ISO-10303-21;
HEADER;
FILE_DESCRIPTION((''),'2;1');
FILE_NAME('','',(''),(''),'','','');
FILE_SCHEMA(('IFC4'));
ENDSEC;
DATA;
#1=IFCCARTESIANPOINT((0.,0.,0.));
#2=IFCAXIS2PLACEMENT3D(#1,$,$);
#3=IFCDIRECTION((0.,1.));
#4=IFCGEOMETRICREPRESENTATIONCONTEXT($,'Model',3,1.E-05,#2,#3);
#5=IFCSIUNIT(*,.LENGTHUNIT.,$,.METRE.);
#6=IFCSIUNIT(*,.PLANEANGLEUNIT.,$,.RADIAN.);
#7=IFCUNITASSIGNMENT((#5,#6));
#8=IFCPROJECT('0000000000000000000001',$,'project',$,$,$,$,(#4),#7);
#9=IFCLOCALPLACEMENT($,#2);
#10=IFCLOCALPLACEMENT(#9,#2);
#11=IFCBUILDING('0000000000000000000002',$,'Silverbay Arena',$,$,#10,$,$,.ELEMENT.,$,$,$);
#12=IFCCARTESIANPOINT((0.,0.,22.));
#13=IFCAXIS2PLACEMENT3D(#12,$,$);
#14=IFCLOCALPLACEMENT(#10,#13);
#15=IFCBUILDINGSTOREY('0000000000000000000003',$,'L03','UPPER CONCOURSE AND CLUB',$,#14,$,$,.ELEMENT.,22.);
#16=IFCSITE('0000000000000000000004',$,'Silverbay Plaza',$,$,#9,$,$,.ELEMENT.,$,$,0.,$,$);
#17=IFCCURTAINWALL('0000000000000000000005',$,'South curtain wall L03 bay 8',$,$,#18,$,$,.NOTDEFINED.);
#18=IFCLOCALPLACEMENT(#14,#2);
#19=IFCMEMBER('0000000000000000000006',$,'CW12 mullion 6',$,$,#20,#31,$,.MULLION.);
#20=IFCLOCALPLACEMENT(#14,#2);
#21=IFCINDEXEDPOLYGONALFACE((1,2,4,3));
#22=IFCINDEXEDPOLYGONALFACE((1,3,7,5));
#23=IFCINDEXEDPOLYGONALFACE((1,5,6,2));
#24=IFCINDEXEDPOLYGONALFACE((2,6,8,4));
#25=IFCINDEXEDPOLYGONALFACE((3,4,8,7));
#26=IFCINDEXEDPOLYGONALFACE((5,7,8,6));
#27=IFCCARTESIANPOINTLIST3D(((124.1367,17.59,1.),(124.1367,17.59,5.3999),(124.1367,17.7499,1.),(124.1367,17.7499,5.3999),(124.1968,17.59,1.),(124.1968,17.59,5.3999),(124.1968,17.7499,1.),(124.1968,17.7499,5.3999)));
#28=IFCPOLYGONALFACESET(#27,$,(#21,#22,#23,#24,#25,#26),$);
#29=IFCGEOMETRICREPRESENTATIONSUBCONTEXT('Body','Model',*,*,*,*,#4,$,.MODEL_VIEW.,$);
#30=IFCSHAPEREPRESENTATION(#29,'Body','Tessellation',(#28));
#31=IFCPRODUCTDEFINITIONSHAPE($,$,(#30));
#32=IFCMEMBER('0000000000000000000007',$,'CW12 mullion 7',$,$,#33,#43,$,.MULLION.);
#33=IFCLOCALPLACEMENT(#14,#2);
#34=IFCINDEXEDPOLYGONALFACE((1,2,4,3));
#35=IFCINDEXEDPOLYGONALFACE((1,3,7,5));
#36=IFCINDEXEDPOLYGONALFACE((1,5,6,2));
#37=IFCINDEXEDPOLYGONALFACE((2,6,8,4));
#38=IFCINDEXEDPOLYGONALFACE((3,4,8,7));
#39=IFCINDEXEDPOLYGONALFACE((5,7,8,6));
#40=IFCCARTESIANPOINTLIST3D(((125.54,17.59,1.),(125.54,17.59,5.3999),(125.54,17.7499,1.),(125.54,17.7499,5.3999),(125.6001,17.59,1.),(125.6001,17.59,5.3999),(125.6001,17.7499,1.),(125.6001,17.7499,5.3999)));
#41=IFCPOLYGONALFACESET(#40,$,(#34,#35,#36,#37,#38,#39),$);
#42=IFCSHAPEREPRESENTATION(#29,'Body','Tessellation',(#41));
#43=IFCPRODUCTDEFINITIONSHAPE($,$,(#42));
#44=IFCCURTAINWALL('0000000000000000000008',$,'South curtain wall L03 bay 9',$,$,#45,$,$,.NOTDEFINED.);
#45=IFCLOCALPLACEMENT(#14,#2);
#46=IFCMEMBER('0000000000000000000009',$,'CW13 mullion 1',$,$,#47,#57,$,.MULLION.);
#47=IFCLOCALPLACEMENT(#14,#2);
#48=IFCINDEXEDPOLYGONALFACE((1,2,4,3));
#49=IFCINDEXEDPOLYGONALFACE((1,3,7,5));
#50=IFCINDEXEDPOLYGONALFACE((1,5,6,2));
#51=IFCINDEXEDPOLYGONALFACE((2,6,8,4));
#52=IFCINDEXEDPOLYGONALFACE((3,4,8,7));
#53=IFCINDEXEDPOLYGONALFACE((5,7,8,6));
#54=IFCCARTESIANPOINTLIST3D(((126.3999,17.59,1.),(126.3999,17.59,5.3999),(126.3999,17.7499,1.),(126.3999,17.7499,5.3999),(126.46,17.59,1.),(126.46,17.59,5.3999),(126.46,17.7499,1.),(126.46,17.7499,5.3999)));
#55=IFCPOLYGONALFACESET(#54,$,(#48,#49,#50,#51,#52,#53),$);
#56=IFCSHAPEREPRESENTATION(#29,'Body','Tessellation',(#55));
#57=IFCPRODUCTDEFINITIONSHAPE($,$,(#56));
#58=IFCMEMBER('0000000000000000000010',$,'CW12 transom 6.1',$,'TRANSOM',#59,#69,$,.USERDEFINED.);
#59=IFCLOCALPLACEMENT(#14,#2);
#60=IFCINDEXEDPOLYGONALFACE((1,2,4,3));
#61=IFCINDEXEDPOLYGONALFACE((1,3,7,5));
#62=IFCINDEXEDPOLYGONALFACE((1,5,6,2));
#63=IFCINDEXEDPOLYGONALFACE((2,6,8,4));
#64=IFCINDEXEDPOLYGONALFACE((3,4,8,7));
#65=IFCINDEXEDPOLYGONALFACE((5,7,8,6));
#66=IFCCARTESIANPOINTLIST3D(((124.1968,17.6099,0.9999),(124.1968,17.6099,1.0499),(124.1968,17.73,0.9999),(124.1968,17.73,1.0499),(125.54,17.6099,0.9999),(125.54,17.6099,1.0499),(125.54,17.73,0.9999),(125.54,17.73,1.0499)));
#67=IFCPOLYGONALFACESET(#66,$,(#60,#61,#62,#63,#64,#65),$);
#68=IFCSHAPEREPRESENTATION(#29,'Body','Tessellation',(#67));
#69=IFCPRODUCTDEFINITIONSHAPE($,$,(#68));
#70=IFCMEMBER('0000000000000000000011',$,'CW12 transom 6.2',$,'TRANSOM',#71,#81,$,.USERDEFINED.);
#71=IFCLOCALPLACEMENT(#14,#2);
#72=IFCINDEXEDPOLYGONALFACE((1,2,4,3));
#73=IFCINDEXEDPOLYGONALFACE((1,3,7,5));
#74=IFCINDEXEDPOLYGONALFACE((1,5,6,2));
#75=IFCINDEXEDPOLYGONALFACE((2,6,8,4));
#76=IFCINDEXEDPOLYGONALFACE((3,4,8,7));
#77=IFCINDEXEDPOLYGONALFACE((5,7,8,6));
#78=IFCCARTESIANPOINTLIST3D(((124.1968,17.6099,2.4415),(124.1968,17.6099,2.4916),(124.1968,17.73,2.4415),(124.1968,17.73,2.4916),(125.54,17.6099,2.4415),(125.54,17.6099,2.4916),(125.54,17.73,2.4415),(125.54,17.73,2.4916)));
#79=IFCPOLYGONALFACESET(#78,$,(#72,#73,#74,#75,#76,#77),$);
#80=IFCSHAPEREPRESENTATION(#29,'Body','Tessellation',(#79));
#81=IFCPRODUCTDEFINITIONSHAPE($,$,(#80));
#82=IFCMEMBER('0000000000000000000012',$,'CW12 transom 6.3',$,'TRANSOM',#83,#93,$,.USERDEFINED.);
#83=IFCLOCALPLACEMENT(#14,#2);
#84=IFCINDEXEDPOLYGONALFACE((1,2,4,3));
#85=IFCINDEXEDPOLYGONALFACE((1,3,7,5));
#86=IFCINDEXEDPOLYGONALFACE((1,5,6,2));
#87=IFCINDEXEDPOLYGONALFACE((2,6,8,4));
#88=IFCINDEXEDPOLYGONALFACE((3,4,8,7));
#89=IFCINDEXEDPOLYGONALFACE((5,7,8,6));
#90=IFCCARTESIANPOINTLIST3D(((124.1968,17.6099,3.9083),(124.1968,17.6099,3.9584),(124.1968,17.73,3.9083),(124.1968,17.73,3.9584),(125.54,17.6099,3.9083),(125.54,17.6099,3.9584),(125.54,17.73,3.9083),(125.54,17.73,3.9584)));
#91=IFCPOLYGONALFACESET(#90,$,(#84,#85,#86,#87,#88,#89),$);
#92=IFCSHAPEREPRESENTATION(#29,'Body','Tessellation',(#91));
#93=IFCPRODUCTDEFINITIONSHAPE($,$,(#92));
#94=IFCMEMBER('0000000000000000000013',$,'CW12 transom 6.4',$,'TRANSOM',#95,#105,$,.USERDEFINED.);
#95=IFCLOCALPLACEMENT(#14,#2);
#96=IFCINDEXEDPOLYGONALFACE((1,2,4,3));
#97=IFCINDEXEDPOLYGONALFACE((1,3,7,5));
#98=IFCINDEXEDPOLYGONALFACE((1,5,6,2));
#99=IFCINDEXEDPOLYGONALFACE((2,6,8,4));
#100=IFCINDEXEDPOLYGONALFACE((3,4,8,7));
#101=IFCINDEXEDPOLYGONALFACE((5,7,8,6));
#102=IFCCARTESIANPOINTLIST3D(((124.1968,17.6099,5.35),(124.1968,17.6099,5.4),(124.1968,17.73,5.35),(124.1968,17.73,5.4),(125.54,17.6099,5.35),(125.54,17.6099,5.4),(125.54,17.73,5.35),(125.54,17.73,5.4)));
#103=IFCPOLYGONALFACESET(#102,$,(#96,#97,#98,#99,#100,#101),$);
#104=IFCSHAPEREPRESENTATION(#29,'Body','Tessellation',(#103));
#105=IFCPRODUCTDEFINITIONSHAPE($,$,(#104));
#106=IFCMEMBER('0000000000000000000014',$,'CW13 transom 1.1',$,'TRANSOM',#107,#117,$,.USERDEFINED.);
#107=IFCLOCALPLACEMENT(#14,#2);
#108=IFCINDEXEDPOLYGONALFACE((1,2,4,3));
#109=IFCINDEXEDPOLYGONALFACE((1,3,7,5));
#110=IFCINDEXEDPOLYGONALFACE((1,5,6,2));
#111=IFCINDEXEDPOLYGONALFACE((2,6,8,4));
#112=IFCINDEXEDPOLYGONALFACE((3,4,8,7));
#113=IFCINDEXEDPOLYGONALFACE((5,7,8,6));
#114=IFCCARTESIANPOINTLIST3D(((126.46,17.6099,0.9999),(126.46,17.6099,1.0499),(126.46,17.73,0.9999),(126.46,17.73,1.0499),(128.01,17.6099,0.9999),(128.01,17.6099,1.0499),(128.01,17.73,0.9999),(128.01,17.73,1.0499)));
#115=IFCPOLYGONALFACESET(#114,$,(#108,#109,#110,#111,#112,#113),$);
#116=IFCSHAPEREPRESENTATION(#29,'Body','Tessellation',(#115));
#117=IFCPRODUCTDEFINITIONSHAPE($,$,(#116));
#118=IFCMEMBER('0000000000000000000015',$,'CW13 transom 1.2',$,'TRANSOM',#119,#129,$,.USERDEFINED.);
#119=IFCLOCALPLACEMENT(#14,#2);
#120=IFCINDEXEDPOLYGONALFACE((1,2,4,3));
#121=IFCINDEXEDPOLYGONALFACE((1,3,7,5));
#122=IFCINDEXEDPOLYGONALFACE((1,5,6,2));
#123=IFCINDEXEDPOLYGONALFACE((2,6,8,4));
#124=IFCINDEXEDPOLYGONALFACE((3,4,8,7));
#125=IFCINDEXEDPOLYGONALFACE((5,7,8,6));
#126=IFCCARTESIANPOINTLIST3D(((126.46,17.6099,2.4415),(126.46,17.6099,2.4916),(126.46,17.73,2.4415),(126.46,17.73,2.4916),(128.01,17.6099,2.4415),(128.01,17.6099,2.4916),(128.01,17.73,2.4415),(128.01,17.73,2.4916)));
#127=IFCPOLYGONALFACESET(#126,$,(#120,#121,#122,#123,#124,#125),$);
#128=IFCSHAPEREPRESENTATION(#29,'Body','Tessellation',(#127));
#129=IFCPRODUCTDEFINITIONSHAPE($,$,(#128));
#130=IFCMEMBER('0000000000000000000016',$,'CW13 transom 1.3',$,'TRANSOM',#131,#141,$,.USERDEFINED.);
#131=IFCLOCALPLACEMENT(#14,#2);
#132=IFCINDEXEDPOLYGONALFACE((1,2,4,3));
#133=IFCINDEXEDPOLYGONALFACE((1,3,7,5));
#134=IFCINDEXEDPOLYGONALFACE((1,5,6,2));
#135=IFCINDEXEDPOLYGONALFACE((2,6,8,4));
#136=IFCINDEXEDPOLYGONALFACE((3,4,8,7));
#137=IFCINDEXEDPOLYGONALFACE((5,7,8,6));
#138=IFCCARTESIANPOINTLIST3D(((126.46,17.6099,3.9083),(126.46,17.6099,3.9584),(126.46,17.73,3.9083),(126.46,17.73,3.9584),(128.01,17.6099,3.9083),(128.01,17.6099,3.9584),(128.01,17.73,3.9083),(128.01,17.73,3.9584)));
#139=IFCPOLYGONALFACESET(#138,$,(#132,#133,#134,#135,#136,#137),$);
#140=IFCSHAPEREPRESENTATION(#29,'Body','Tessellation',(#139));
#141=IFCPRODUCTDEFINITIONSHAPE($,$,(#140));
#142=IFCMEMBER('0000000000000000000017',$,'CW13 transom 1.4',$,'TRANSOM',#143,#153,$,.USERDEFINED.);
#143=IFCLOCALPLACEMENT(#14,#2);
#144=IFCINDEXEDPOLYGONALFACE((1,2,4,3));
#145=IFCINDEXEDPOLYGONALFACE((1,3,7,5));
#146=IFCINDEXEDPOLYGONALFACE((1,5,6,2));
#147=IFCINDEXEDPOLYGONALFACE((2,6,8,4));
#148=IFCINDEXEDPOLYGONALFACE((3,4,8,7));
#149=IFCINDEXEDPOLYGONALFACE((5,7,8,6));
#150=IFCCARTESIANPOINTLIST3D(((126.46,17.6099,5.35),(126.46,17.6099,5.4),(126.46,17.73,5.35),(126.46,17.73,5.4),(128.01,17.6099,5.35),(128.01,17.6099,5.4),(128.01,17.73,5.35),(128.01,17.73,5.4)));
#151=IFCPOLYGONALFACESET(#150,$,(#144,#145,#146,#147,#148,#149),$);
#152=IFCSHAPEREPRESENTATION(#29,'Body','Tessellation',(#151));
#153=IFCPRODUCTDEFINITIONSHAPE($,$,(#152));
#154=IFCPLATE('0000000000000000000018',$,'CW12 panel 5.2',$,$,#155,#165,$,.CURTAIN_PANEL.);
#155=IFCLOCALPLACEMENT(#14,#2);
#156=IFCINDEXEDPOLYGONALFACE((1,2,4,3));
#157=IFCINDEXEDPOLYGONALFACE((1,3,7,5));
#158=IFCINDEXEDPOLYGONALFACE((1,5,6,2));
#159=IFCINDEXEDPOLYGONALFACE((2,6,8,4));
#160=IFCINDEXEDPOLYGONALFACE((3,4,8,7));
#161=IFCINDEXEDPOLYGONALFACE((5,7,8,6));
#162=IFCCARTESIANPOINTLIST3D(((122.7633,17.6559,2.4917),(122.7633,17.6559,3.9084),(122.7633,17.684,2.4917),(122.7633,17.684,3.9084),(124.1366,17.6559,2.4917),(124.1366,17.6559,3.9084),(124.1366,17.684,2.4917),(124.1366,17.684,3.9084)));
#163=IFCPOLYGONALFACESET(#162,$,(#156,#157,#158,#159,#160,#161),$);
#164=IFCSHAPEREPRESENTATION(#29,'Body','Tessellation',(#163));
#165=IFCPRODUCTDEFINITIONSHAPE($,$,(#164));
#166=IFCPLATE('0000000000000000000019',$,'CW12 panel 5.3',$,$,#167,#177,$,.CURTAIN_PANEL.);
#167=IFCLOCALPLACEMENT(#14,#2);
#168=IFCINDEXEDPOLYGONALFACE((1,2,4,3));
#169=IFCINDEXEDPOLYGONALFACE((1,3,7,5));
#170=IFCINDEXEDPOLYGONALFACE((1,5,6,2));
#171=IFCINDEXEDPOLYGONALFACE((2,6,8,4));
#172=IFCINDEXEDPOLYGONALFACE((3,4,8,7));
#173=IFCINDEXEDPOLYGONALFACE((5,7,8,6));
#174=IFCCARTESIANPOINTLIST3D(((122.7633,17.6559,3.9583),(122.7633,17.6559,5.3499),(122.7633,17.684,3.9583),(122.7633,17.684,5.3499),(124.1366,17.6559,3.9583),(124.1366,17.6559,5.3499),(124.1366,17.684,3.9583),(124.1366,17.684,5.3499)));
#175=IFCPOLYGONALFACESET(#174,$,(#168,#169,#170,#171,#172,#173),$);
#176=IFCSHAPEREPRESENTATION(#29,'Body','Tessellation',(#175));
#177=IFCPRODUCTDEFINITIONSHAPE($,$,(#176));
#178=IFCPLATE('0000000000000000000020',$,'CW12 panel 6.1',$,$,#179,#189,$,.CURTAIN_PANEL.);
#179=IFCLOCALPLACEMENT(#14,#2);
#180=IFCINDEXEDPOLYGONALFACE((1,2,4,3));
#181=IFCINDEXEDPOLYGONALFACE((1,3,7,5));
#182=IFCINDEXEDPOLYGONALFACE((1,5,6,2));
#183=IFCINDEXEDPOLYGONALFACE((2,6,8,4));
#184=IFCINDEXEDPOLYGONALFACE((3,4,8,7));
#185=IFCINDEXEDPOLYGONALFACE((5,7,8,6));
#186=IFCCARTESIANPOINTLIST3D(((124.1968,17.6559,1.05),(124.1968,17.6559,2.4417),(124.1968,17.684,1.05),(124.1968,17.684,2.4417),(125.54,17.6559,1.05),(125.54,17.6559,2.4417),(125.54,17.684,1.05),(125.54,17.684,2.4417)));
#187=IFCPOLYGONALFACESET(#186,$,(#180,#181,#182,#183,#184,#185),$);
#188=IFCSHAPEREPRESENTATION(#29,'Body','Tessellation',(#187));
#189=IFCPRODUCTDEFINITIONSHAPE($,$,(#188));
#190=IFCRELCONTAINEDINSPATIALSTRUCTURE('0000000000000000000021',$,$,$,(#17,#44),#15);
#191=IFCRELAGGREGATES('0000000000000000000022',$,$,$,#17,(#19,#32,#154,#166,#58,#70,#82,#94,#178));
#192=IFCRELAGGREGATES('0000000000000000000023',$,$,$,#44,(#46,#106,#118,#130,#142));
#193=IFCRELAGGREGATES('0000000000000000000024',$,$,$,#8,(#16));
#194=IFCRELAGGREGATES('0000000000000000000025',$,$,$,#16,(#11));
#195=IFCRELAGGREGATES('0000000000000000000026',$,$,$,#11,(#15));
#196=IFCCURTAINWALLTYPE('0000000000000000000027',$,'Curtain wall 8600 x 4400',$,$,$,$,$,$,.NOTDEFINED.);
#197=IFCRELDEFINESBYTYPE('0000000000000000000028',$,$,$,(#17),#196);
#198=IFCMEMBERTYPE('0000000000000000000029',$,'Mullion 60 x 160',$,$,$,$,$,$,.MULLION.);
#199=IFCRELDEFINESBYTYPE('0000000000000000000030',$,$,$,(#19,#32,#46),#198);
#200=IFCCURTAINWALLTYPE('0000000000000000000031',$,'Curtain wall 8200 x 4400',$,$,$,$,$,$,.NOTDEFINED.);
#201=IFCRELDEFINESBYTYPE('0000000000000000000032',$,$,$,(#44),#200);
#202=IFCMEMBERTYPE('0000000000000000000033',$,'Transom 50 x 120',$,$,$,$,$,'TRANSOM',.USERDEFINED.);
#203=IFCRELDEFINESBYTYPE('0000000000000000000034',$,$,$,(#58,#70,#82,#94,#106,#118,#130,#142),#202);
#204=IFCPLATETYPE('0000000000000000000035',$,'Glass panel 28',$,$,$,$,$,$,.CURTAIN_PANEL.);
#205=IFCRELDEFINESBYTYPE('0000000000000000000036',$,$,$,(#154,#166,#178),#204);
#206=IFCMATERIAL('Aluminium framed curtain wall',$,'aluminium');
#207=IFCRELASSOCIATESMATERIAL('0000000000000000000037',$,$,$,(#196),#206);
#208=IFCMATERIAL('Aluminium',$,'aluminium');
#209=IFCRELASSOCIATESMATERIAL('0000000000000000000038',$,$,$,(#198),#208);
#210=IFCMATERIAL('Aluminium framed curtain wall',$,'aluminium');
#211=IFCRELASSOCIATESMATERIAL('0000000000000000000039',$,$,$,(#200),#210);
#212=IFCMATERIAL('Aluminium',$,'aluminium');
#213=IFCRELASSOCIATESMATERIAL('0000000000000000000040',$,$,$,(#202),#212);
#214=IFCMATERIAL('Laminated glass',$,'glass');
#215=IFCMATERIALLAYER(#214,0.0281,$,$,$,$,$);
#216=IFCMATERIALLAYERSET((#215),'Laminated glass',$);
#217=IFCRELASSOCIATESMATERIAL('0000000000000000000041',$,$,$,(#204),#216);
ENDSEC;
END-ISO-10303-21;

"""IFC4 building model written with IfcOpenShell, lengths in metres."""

from ifc_helpers import new_model, si_unit, direction, frame, origin, origin_2d, place, context, subcontext, project, spatial, rectangle, extrude, material, layer, layer_set, material_profile, profile_set, type_object, element, aggregate, save


model = new_model("IFC4")

# Units and contexts
model_context = context("Model", 3, precision=1e-05, world=origin(), true_north=direction((0.0, 1.0)))
body_context = subcontext(model_context, "Body", "Model", "MODEL_VIEW")
ifc_project = project(units=[si_unit("LENGTHUNIT", "METRE"), si_unit("PLANEANGLEUNIT", "RADIAN")], contexts=[model_context])

# Site, building, storey
site_placement = place(None, origin())
site = spatial("IfcSite", under=ifc_project, at=site_placement, Name="Silverbay Plaza", CompositionType="ELEMENT", RefElevation=0.0)
building_placement = place(site_placement, origin())
building = spatial("IfcBuilding", under=site, at=building_placement, Name="Silverbay Arena", CompositionType="ELEMENT")
storey_placement = place(building_placement, frame((0.0, 0.0, 22.0)))
storey = spatial("IfcBuildingStorey", under=building, at=storey_placement, Name="L03", Description="UPPER CONCOURSE AND CLUB", CompositionType="ELEMENT", Elevation=22.0)

# Curtain wall, members
ifc_material_1 = material(Name="Aluminium framed curtain wall", Category="aluminium")
curtain_wall_type_1 = type_object("IfcCurtainWallType", Name="Curtain wall 8600 x 4400", PredefinedType="NOTDEFINED", material=ifc_material_1)
curtain_wall_1_placement = place(storey_placement, origin())
curtain_wall_1 = element("IfcCurtainWall", 1, at=curtain_wall_1_placement, inside=storey, type_object=curtain_wall_type_1, Name="South curtain wall L03 bay 8", PredefinedType="NOTDEFINED")
ifc_material_2 = material(Name="Aluminium", Category="aluminium")
ifc_material_profile_1 = material_profile(ifc_material_2, rectangle(XDim=0.1599, YDim=0.0601, at=origin_2d()), Name="Mullion 60 x 160")
ifc_profile_set_1 = profile_set([ifc_material_profile_1], Name="Aluminium")
member_type_1 = type_object("IfcMemberType", Name="Mullion 60 x 160", PredefinedType="MULLION", material=ifc_profile_set_1)
member_1_placement = place(storey_placement, frame((124.1667, 17.6699, 1.0), z_axis=(0.0, 0.0, 1.0), x_axis=(0.0, 1.0, 0.0)))
member_1 = element("IfcMember", 2, at=member_1_placement, type_object=member_type_1, Name="CW12 mullion 6", PredefinedType="MULLION", context=body_context, shape_type="SweptSolid", body=[
    extrude(rectangle(XDim=0.1599, YDim=0.0601, at=origin_2d()), origin(), (0.0, 0.0, 1.0), 4.3999),
])
member_2_placement = place(storey_placement, frame((125.5701, 17.6699, 1.0), z_axis=(0.0, 0.0, 1.0), x_axis=(0.0, 1.0, 0.0)))
member_2 = element("IfcMember", 3, at=member_2_placement, type_object=member_type_1, Name="CW12 mullion 7", PredefinedType="MULLION", context=body_context, shape_type="SweptSolid", body=[
    extrude(rectangle(XDim=0.1599, YDim=0.0601, at=origin_2d()), origin(), (0.0, 0.0, 1.0), 4.3999),
])

# Curtain wall, member
ifc_material_3 = material(Name="Aluminium framed curtain wall", Category="aluminium")
curtain_wall_type_2 = type_object("IfcCurtainWallType", Name="Curtain wall 8200 x 4400", PredefinedType="NOTDEFINED", material=ifc_material_3)
curtain_wall_2_placement = place(storey_placement, origin())
curtain_wall_2 = element("IfcCurtainWall", 4, at=curtain_wall_2_placement, inside=storey, type_object=curtain_wall_type_2, Name="South curtain wall L03 bay 9", PredefinedType="NOTDEFINED")
member_3_placement = place(storey_placement, frame((126.4299, 17.6699, 1.0), z_axis=(0.0, 0.0, 1.0), x_axis=(0.0, 1.0, 0.0)))
member_3 = element("IfcMember", 5, at=member_3_placement, type_object=member_type_1, Name="CW13 mullion 1", PredefinedType="MULLION", context=body_context, shape_type="SweptSolid", body=[
    extrude(rectangle(XDim=0.1599, YDim=0.0601, at=origin_2d()), origin(), (0.0, 0.0, 1.0), 4.3999),
])

# Members
ifc_material_4 = material(Name="Aluminium", Category="aluminium")
ifc_material_profile_2 = material_profile(ifc_material_4, rectangle(XDim=0.1201, YDim=0.05, at=origin_2d()), Name="Transom 50 x 120")
ifc_profile_set_2 = profile_set([ifc_material_profile_2], Name="Aluminium")
member_type_2 = type_object("IfcMemberType", Name="Transom 50 x 120", ElementType="TRANSOM", PredefinedType="USERDEFINED", material=ifc_profile_set_2)
member_4_placement = place(storey_placement, frame((124.1968, 17.6699, 1.0249), z_axis=(1.0, 0.0, 0.0), x_axis=(0.0, 1.0, 0.0)))
member_4 = element("IfcMember", 6, at=member_4_placement, type_object=member_type_2, Name="CW12 transom 6.1", ObjectType="TRANSOM", PredefinedType="USERDEFINED", context=body_context, shape_type="SweptSolid", body=[
    extrude(rectangle(XDim=0.1201, YDim=0.05, at=origin_2d()), origin(), (0.0, 0.0, 1.0), 1.3433),
])
member_5_placement = place(storey_placement, frame((124.1968, 17.6699, 2.4666), z_axis=(1.0, 0.0, 0.0), x_axis=(0.0, 1.0, 0.0)))
member_5 = element("IfcMember", 7, at=member_5_placement, type_object=member_type_2, Name="CW12 transom 6.2", ObjectType="TRANSOM", PredefinedType="USERDEFINED", context=body_context, shape_type="SweptSolid", body=[
    extrude(rectangle(XDim=0.1201, YDim=0.05, at=origin_2d()), origin(), (0.0, 0.0, 1.0), 1.3433),
])
member_6_placement = place(storey_placement, frame((124.1968, 17.6699, 3.9333), z_axis=(1.0, 0.0, 0.0), x_axis=(0.0, 1.0, 0.0)))
member_6 = element("IfcMember", 8, at=member_6_placement, type_object=member_type_2, Name="CW12 transom 6.3", ObjectType="TRANSOM", PredefinedType="USERDEFINED", context=body_context, shape_type="SweptSolid", body=[
    extrude(rectangle(XDim=0.1201, YDim=0.05, at=origin_2d()), origin(), (0.0, 0.0, 1.0), 1.3433),
])
member_7_placement = place(storey_placement, frame((124.1968, 17.6699, 5.375), z_axis=(1.0, 0.0, 0.0), x_axis=(0.0, 1.0, 0.0)))
member_7 = element("IfcMember", 9, at=member_7_placement, type_object=member_type_2, Name="CW12 transom 6.4", ObjectType="TRANSOM", PredefinedType="USERDEFINED", context=body_context, shape_type="SweptSolid", body=[
    extrude(rectangle(XDim=0.1201, YDim=0.05, at=origin_2d()), origin(), (0.0, 0.0, 1.0), 1.3433),
])
member_8_placement = place(storey_placement, frame((126.46, 17.6699, 1.0249), z_axis=(1.0, 0.0, 0.0), x_axis=(0.0, 1.0, 0.0)))
member_8 = element("IfcMember", 10, at=member_8_placement, type_object=member_type_2, Name="CW13 transom 1.1", ObjectType="TRANSOM", PredefinedType="USERDEFINED", context=body_context, shape_type="SweptSolid", body=[
    extrude(rectangle(XDim=0.1201, YDim=0.05, at=origin_2d()), origin(), (0.0, 0.0, 1.0), 1.55),
])
member_9_placement = place(storey_placement, frame((126.46, 17.6699, 2.4666), z_axis=(1.0, 0.0, 0.0), x_axis=(0.0, 1.0, 0.0)))
member_9 = element("IfcMember", 11, at=member_9_placement, type_object=member_type_2, Name="CW13 transom 1.2", ObjectType="TRANSOM", PredefinedType="USERDEFINED", context=body_context, shape_type="SweptSolid", body=[
    extrude(rectangle(XDim=0.1201, YDim=0.05, at=origin_2d()), origin(), (0.0, 0.0, 1.0), 1.55),
])
member_10_placement = place(storey_placement, frame((126.46, 17.6699, 3.9333), z_axis=(1.0, 0.0, 0.0), x_axis=(0.0, 1.0, 0.0)))
member_10 = element("IfcMember", 12, at=member_10_placement, type_object=member_type_2, Name="CW13 transom 1.3", ObjectType="TRANSOM", PredefinedType="USERDEFINED", context=body_context, shape_type="SweptSolid", body=[
    extrude(rectangle(XDim=0.1201, YDim=0.05, at=origin_2d()), origin(), (0.0, 0.0, 1.0), 1.55),
])
member_11_placement = place(storey_placement, frame((126.46, 17.6699, 5.375), z_axis=(1.0, 0.0, 0.0), x_axis=(0.0, 1.0, 0.0)))
member_11 = element("IfcMember", 13, at=member_11_placement, type_object=member_type_2, Name="CW13 transom 1.4", ObjectType="TRANSOM", PredefinedType="USERDEFINED", context=body_context, shape_type="SweptSolid", body=[
    extrude(rectangle(XDim=0.1201, YDim=0.05, at=origin_2d()), origin(), (0.0, 0.0, 1.0), 1.55),
])

# Plates
ifc_material_5 = material(Name="Laminated glass", Category="glass")
ifc_layer = layer(ifc_material_5, 0.0281)
ifc_layer_set = layer_set([ifc_layer], Name="Laminated glass")
plate_type = type_object("IfcPlateType", Name="Glass panel 28", PredefinedType="CURTAIN_PANEL", material=ifc_layer_set)
plate_1_placement = place(storey_placement, frame((123.45, 17.6699, 2.4917), z_axis=(0.0, 0.0, 1.0), x_axis=(1.0, 0.0, 0.0)))
plate_1 = element("IfcPlate", 14, at=plate_1_placement, type_object=plate_type, Name="CW12 panel 5.2", PredefinedType="CURTAIN_PANEL", context=body_context, shape_type="SweptSolid", body=[
    extrude(rectangle(XDim=1.3733, YDim=0.0281, at=origin_2d()), origin(), (0.0, 0.0, 1.0), 1.4167),
])
plate_2_placement = place(storey_placement, frame((123.45, 17.6699, 3.9583), z_axis=(0.0, 0.0, 1.0), x_axis=(1.0, 0.0, 0.0)))
plate_2 = element("IfcPlate", 15, at=plate_2_placement, type_object=plate_type, Name="CW12 panel 5.3", PredefinedType="CURTAIN_PANEL", context=body_context, shape_type="SweptSolid", body=[
    extrude(rectangle(XDim=1.3733, YDim=0.0281, at=origin_2d()), origin(), (0.0, 0.0, 1.0), 1.3916),
])
plate_3_placement = place(storey_placement, frame((124.8684, 17.6699, 1.05), z_axis=(0.0, 0.0, 1.0), x_axis=(1.0, 0.0, 0.0)))
plate_3 = element("IfcPlate", 16, at=plate_3_placement, type_object=plate_type, Name="CW12 panel 6.1", PredefinedType="CURTAIN_PANEL", context=body_context, shape_type="SweptSolid", body=[
    extrude(rectangle(XDim=1.3433, YDim=0.0281, at=origin_2d()), origin(), (0.0, 0.0, 1.0), 1.3916),
])
aggregate(curtain_wall_1, [member_1, member_2, plate_1, plate_2, member_4, member_5, member_6, member_7, plate_3])
aggregate(curtain_wall_2, [member_3, member_8, member_9, member_10, member_11])

save(model, "model.ifc")
